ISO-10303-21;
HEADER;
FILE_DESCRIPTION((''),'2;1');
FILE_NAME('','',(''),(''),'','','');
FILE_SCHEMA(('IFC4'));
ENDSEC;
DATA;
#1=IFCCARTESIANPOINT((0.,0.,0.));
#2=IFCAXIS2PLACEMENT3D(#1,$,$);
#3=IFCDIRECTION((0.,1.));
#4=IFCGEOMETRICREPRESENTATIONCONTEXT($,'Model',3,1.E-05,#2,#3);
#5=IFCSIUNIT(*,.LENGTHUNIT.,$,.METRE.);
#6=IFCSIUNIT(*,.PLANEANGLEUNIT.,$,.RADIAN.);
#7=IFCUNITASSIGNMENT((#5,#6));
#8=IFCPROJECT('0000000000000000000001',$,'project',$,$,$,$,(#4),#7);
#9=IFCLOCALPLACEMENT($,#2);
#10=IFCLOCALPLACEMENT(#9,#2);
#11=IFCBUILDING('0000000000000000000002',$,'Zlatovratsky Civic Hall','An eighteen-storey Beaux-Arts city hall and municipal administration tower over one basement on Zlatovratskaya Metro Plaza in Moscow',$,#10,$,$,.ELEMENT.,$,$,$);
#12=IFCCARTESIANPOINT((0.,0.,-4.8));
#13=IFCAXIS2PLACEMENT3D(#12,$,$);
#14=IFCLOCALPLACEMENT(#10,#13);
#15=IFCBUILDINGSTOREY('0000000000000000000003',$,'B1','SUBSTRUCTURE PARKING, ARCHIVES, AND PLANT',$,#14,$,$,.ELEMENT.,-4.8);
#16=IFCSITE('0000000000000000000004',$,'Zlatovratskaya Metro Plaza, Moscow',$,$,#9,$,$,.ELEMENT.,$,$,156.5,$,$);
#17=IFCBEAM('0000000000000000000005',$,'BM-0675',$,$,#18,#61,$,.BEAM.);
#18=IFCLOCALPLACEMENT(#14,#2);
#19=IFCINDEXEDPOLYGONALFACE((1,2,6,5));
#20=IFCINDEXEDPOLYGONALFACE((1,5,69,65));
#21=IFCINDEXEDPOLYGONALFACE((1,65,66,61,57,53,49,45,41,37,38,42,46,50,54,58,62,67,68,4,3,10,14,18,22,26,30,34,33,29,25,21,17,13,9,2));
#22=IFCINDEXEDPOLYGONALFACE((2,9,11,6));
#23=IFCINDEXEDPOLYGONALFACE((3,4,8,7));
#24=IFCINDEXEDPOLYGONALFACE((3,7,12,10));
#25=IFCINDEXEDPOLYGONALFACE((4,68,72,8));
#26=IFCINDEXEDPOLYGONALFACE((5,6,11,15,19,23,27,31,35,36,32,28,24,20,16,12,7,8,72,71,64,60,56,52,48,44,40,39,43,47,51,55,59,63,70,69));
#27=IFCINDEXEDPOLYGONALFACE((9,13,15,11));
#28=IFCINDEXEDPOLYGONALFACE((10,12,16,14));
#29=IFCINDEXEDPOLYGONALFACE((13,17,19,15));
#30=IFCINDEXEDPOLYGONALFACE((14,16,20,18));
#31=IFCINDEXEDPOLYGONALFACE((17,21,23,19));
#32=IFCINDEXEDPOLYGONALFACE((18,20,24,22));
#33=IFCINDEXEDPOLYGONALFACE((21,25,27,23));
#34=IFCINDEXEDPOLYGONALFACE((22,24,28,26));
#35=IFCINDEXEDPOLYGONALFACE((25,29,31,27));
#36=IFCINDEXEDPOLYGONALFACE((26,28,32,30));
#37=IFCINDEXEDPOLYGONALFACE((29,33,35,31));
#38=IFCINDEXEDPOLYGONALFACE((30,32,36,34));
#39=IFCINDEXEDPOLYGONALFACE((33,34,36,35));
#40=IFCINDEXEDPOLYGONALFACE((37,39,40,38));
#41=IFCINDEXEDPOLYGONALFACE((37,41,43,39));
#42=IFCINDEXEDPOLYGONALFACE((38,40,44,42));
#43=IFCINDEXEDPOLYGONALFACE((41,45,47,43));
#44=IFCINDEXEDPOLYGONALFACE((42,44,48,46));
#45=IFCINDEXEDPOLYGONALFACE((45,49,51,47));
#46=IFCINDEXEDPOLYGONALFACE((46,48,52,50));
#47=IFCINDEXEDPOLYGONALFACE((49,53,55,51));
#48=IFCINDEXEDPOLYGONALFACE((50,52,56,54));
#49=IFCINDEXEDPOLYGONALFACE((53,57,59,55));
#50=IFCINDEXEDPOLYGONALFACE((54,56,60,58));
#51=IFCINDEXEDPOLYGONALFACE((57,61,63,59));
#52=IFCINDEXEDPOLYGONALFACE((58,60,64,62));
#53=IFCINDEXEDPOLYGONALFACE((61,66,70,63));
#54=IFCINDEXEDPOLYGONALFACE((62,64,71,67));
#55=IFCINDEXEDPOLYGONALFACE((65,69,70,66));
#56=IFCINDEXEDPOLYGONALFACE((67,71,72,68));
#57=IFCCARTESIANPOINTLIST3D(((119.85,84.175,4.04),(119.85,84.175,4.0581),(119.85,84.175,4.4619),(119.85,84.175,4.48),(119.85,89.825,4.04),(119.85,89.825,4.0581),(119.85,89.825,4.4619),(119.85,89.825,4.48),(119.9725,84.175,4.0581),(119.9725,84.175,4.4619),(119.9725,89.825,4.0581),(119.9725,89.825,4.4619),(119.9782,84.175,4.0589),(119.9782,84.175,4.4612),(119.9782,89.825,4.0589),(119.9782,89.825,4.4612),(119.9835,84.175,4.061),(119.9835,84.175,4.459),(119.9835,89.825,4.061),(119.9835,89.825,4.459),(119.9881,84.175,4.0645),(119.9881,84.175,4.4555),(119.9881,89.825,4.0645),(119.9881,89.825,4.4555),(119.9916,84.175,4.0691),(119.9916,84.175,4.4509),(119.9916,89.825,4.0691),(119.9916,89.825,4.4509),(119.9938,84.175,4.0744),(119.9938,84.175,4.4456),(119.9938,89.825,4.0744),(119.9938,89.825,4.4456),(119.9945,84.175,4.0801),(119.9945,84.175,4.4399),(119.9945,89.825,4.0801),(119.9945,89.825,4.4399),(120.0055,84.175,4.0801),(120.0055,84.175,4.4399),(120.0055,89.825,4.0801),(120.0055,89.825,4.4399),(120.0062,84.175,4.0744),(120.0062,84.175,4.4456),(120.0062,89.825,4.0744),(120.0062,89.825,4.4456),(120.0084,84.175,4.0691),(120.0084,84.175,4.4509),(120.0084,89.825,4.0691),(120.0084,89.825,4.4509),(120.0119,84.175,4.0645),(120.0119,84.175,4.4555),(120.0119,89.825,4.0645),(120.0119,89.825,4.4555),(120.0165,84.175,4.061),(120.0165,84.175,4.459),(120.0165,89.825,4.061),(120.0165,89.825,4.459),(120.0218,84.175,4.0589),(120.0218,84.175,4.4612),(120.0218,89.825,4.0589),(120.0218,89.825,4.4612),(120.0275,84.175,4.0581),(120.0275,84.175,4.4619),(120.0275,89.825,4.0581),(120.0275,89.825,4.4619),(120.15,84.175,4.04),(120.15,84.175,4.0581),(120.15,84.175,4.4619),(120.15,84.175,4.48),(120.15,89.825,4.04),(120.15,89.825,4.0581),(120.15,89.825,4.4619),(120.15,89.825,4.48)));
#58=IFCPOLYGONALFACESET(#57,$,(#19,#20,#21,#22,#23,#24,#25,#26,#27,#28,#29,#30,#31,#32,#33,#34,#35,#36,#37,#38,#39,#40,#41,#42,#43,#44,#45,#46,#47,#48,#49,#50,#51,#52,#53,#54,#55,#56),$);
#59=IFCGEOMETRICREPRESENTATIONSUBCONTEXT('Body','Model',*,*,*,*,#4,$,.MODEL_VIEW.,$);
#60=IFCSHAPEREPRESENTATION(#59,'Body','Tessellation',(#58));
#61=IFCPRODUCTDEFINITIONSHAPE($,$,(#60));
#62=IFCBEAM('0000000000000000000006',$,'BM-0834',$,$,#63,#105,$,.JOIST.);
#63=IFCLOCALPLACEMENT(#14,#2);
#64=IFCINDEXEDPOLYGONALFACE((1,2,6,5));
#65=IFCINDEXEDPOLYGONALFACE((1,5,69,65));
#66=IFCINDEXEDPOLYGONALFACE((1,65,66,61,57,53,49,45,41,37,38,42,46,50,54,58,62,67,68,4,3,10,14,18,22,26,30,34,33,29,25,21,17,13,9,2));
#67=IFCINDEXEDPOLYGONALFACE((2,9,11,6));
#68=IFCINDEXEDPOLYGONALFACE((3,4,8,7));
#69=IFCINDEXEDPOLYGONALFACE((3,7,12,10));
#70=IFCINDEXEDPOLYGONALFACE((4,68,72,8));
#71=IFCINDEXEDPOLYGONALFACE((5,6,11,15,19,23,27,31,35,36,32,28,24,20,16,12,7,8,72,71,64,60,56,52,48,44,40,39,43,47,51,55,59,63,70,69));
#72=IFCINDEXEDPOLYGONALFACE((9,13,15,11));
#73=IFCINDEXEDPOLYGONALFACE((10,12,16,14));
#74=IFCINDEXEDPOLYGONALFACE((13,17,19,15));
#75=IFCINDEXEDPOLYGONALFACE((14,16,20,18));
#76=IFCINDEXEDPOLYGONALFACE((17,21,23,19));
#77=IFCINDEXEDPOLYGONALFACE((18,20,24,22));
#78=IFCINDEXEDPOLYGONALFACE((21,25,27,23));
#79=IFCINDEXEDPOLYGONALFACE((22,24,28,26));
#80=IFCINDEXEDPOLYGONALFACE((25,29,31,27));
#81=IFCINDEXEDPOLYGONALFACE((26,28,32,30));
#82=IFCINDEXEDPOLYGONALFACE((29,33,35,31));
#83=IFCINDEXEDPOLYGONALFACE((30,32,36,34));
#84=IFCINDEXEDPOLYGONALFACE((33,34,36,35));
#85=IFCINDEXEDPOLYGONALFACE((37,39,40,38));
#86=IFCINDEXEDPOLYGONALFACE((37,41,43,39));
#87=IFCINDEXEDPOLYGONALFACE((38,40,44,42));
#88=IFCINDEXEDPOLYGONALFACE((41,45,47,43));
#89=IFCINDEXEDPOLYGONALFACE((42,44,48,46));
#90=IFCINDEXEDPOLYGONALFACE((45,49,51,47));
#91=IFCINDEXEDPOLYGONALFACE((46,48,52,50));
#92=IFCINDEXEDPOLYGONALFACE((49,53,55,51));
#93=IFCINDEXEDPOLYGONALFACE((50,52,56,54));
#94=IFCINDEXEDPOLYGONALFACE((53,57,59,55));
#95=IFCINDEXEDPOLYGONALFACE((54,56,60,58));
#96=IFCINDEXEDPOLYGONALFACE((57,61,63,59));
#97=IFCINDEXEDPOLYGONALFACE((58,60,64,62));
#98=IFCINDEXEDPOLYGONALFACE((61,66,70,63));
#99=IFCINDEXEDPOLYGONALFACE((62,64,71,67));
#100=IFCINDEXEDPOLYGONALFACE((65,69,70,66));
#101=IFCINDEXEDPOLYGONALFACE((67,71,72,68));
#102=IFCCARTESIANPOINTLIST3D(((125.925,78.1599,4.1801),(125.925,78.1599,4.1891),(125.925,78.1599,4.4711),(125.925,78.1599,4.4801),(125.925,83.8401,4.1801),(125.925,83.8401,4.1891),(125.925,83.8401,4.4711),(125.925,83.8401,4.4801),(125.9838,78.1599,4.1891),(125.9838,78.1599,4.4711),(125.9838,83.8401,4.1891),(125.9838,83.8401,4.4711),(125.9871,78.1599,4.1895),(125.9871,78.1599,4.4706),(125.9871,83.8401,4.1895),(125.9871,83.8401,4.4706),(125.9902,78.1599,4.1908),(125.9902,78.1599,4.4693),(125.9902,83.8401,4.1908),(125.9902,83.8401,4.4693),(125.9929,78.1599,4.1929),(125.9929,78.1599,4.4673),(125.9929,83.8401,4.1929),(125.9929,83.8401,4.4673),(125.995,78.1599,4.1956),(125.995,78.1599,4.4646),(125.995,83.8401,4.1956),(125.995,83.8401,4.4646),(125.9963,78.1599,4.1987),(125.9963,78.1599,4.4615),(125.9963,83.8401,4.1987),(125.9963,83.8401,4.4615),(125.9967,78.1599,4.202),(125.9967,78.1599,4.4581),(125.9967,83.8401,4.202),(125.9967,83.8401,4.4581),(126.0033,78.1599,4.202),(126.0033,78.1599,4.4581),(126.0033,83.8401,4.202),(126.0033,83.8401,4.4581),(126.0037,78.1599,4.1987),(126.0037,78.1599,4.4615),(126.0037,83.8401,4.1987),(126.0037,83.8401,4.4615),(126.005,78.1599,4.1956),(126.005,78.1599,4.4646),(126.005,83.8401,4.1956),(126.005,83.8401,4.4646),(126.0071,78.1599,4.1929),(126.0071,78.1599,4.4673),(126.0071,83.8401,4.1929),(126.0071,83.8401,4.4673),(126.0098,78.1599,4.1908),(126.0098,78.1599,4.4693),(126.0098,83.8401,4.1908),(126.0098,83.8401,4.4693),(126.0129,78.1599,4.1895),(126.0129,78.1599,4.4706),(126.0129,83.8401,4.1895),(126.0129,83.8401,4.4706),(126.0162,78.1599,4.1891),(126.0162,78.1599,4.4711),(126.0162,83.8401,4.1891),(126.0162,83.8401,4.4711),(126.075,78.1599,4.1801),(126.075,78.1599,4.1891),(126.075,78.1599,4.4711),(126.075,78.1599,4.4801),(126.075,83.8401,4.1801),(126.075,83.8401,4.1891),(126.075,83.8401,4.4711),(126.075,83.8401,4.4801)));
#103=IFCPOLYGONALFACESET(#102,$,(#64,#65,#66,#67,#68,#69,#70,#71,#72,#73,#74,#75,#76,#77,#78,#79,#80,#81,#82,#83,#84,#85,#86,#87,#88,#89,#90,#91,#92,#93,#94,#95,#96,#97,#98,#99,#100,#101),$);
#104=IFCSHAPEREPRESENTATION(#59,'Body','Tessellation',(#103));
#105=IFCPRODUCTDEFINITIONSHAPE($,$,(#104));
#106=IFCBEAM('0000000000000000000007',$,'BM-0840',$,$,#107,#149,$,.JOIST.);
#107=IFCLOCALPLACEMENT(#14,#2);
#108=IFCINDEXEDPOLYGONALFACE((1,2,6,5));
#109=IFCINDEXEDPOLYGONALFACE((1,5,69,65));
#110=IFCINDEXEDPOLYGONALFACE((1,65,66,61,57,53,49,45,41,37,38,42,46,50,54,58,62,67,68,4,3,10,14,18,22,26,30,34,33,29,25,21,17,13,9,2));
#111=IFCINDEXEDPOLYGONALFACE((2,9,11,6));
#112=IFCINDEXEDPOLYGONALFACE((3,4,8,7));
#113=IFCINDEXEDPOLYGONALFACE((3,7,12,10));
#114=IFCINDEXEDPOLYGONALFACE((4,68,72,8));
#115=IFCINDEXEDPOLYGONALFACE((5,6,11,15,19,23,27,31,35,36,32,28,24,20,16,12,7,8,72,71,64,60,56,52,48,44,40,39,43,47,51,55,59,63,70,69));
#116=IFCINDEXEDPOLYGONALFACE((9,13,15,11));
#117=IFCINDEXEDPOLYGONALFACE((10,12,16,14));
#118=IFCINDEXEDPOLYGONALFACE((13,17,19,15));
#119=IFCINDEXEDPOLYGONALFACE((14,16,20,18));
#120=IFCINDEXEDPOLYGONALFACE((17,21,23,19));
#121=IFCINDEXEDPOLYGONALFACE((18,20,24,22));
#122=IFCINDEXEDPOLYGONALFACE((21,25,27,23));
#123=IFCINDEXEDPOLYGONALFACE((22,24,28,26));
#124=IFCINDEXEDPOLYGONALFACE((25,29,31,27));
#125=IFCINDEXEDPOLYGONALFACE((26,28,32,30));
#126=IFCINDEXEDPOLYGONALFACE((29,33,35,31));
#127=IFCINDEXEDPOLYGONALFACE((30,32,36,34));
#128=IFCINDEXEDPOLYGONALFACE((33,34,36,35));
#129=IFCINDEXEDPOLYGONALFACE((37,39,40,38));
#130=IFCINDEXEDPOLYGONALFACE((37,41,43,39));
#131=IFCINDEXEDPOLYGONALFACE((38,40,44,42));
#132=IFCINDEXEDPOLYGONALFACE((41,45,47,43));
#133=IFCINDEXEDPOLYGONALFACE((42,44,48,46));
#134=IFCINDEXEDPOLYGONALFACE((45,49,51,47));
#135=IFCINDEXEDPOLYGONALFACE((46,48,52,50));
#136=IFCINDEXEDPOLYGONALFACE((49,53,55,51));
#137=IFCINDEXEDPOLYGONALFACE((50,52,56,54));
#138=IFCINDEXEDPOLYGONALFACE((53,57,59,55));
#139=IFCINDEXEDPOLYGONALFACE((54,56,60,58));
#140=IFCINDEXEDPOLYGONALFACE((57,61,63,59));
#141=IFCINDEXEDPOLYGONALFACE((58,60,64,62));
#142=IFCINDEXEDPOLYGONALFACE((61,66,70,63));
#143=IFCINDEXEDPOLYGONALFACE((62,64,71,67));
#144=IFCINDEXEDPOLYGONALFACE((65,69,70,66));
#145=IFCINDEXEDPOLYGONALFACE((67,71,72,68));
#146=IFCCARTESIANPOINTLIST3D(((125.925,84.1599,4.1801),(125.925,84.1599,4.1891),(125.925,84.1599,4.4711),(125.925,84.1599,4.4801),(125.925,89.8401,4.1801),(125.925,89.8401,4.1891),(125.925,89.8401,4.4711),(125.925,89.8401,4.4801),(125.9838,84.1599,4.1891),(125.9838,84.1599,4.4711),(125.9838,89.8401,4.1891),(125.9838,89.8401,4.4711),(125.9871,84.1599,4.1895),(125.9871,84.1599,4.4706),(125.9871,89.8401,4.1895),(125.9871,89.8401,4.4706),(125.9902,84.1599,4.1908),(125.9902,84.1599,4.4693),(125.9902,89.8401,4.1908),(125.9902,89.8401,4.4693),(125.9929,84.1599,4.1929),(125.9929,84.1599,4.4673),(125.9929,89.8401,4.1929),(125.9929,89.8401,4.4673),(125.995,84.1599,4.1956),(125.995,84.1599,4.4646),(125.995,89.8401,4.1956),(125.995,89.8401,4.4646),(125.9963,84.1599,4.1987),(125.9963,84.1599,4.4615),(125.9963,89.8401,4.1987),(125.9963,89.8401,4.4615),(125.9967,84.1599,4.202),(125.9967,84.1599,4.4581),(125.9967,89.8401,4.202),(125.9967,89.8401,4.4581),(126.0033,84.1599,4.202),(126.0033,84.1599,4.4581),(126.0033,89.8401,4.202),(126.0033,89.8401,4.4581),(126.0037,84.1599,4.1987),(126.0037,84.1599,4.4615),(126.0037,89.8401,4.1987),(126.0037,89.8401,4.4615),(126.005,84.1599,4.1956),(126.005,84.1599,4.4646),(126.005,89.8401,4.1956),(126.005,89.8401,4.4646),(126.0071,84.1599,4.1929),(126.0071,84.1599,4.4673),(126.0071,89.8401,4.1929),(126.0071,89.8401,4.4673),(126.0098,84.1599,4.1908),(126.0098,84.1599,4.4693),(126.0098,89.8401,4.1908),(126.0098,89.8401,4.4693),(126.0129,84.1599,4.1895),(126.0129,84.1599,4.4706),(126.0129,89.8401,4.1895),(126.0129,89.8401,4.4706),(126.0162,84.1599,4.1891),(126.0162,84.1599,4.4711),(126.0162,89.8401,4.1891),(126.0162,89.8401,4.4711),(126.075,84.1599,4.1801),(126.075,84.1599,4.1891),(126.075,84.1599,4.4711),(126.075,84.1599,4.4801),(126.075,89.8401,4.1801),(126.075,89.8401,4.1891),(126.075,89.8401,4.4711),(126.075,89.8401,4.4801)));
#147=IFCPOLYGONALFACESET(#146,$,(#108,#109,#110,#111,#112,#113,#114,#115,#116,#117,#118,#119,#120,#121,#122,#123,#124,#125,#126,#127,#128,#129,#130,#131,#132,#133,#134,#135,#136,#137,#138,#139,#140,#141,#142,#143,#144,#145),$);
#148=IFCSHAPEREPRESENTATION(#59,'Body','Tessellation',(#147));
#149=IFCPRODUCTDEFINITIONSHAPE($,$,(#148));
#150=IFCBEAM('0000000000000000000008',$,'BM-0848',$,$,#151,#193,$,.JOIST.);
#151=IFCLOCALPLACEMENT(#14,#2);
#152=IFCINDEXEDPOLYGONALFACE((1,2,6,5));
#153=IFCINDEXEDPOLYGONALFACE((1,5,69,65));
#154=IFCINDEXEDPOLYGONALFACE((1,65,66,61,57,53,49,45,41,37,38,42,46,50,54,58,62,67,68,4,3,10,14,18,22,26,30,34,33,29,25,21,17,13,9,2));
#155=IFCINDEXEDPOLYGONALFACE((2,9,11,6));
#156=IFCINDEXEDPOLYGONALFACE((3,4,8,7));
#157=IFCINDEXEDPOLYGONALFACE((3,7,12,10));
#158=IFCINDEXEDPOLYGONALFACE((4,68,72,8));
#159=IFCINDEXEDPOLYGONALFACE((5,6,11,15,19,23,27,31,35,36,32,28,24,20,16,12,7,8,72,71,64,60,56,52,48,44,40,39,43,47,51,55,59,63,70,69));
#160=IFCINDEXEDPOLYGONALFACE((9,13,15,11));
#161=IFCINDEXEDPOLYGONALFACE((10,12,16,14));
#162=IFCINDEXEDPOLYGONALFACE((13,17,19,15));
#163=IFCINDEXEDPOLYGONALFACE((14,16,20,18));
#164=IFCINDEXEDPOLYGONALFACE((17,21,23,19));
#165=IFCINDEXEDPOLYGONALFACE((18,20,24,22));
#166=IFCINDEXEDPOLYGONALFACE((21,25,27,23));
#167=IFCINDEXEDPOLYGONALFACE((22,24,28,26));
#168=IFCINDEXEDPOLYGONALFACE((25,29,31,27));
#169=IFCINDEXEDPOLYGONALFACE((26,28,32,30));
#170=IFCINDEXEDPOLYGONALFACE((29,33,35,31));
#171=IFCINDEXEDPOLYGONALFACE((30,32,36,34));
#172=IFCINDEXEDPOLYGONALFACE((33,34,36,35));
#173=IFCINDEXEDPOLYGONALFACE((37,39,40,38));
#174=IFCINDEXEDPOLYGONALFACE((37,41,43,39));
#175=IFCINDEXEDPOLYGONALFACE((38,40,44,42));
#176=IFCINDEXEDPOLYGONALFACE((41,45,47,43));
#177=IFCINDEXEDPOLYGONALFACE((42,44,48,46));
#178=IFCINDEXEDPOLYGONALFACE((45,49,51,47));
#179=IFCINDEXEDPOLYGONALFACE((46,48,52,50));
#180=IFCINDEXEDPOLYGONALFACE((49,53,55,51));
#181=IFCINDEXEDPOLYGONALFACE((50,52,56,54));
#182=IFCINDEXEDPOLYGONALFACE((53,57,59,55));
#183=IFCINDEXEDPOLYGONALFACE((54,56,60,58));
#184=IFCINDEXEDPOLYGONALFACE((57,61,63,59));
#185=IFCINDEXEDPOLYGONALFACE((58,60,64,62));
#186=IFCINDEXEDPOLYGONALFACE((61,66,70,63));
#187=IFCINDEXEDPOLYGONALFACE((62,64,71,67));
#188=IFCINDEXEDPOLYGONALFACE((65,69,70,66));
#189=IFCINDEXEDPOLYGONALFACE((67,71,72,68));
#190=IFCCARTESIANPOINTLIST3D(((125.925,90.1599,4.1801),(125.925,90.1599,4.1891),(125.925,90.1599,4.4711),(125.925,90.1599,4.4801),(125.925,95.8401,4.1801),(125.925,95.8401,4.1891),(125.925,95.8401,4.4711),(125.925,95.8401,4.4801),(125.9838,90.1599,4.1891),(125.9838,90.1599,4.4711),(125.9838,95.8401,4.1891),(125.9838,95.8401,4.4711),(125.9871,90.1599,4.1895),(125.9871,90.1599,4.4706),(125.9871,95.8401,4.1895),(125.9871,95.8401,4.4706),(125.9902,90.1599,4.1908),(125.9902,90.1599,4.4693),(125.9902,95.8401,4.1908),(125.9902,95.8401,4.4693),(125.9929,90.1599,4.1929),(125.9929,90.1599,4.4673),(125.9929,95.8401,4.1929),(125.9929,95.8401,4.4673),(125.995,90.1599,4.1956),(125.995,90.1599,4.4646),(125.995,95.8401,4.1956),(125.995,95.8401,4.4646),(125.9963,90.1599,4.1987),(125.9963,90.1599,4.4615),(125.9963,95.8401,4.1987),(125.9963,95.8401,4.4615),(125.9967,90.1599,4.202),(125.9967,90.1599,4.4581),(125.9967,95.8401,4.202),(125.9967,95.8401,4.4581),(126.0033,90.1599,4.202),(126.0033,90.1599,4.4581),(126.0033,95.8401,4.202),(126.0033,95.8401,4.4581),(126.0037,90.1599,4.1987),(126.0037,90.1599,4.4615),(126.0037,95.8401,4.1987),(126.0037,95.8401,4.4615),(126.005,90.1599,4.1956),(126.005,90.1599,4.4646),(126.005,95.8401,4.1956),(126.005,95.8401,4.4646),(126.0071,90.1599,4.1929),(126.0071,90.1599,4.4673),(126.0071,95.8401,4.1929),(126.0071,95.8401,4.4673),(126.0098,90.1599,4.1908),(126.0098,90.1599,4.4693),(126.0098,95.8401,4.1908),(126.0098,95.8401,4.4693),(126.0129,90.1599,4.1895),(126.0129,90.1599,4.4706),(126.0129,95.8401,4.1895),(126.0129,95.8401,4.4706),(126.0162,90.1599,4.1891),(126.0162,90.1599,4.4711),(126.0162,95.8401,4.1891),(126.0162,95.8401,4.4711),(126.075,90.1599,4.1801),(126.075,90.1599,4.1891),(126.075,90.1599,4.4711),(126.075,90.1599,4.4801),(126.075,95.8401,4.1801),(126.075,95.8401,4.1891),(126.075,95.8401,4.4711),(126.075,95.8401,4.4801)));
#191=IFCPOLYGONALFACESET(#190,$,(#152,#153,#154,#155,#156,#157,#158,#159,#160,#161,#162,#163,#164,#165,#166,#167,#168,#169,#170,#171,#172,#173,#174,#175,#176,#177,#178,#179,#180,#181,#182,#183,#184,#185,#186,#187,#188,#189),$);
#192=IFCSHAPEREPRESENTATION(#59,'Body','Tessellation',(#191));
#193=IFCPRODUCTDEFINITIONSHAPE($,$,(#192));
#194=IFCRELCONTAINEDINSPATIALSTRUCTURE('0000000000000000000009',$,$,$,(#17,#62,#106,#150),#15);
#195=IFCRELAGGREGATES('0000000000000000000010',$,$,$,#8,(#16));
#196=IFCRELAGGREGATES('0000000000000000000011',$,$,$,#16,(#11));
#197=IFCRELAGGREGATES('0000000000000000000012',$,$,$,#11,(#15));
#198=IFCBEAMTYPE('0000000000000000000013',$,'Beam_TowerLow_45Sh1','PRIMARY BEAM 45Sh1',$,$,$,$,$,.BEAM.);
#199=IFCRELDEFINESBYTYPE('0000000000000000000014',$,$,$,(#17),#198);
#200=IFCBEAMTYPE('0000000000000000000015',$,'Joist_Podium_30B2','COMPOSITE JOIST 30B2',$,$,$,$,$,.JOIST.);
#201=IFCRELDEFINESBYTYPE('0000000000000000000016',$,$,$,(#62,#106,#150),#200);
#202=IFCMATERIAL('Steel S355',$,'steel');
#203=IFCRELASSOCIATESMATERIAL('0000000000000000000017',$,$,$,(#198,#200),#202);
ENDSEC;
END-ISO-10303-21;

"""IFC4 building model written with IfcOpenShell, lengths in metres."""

from ifc_helpers import new_model, si_unit, direction, frame, origin, origin_2d, place, context, subcontext, project, spatial, i_section, extrude, material, material_profile, profile_set, type_object, element, save


model = new_model("IFC4")

# Units and contexts
model_context = context("Model", 3, precision=1e-05, world=origin(), true_north=direction((0.0, 1.0)))
body_context = subcontext(model_context, "Body", "Model", "MODEL_VIEW")
ifc_project = project(units=[si_unit("LENGTHUNIT", "METRE"), si_unit("PLANEANGLEUNIT", "RADIAN")], contexts=[model_context])

# Site, building, storey
site_placement = place(None, origin())
site = spatial("IfcSite", under=ifc_project, at=site_placement, Name="Zlatovratskaya Metro Plaza, Moscow", CompositionType="ELEMENT", RefElevation=156.5)
building_placement = place(site_placement, origin())
building = spatial("IfcBuilding", under=site, at=building_placement, Name="Zlatovratsky Civic Hall", Description="An eighteen-storey Beaux-Arts city hall and municipal administration tower over one basement on Zlatovratskaya Metro Plaza in Moscow", CompositionType="ELEMENT")
storey_placement = place(building_placement, frame((0.0, 0.0, -4.8)))
storey = spatial("IfcBuildingStorey", under=building, at=storey_placement, Name="B1", Description="SUBSTRUCTURE PARKING, ARCHIVES, AND PLANT", CompositionType="ELEMENT", Elevation=-4.8)

# Shared definitions
ifc_material_1 = material(Name="Steel S355", Category="steel")

# Beams
ifc_material_profile_1 = material_profile(ifc_material_1, i_section(OverallWidth=0.3, OverallDepth=0.4399, WebThickness=0.011, FlangeThickness=0.0181, FilletRadius=0.022, at=origin_2d()), Name="45Sh1")
ifc_profile_set_1 = profile_set([ifc_material_profile_1], Name="Steel S355")
beam_type_1 = type_object("IfcBeamType", Name="Beam_TowerLow_45Sh1", Description="PRIMARY BEAM 45Sh1", PredefinedType="BEAM", material=ifc_profile_set_1)
for number, where, z_axis, x_axis, name in (
    (1, (120.0, 84.175, 4.26), (0.0, 1.0, 0.0), (-1.0, 0.0, 0.0), "BM-0675"),
):
    element("IfcBeam", number, at=place(storey_placement, frame(where, z_axis=z_axis, x_axis=x_axis)), inside=storey, type_object=beam_type_1, Name=name, PredefinedType="BEAM", context=body_context, shape_type="SweptSolid", body=[
        extrude(i_section(OverallWidth=0.3, OverallDepth=0.4399, WebThickness=0.011, FlangeThickness=0.0181, FilletRadius=0.022, at=origin_2d()), origin(), (0.0, 0.0, 1.0), 5.6499),
    ])
ifc_material_profile_2 = material_profile(ifc_material_1, i_section(OverallWidth=0.1499, OverallDepth=0.3, WebThickness=0.0066, FlangeThickness=0.009, FilletRadius=0.0129, at=origin_2d()), Name="30B2")
ifc_profile_set_2 = profile_set([ifc_material_profile_2], Name="Steel S355")
beam_type_2 = type_object("IfcBeamType", Name="Joist_Podium_30B2", Description="COMPOSITE JOIST 30B2", PredefinedType="JOIST", material=ifc_profile_set_2)
for number, where, z_axis, x_axis, name in (
    (2, (126.0, 78.1599, 4.3301), (0.0, 1.0, 0.0), (-1.0, 0.0, 0.0), "BM-0834"),
    (3, (126.0, 84.1599, 4.3301), (0.0, 1.0, 0.0), (-1.0, 0.0, 0.0), "BM-0840"),
    (4, (126.0, 90.1599, 4.3301), (0.0, 1.0, 0.0), (-1.0, 0.0, 0.0), "BM-0848"),
):
    element("IfcBeam", number, at=place(storey_placement, frame(where, z_axis=z_axis, x_axis=x_axis)), inside=storey, type_object=beam_type_2, Name=name, PredefinedType="JOIST", context=body_context, shape_type="SweptSolid", body=[
        extrude(i_section(OverallWidth=0.1499, OverallDepth=0.3, WebThickness=0.0066, FlangeThickness=0.009, FilletRadius=0.0129, at=origin_2d()), origin(), (0.0, 0.0, 1.0), 5.6802),
    ])

save(model, "model.ifc")
